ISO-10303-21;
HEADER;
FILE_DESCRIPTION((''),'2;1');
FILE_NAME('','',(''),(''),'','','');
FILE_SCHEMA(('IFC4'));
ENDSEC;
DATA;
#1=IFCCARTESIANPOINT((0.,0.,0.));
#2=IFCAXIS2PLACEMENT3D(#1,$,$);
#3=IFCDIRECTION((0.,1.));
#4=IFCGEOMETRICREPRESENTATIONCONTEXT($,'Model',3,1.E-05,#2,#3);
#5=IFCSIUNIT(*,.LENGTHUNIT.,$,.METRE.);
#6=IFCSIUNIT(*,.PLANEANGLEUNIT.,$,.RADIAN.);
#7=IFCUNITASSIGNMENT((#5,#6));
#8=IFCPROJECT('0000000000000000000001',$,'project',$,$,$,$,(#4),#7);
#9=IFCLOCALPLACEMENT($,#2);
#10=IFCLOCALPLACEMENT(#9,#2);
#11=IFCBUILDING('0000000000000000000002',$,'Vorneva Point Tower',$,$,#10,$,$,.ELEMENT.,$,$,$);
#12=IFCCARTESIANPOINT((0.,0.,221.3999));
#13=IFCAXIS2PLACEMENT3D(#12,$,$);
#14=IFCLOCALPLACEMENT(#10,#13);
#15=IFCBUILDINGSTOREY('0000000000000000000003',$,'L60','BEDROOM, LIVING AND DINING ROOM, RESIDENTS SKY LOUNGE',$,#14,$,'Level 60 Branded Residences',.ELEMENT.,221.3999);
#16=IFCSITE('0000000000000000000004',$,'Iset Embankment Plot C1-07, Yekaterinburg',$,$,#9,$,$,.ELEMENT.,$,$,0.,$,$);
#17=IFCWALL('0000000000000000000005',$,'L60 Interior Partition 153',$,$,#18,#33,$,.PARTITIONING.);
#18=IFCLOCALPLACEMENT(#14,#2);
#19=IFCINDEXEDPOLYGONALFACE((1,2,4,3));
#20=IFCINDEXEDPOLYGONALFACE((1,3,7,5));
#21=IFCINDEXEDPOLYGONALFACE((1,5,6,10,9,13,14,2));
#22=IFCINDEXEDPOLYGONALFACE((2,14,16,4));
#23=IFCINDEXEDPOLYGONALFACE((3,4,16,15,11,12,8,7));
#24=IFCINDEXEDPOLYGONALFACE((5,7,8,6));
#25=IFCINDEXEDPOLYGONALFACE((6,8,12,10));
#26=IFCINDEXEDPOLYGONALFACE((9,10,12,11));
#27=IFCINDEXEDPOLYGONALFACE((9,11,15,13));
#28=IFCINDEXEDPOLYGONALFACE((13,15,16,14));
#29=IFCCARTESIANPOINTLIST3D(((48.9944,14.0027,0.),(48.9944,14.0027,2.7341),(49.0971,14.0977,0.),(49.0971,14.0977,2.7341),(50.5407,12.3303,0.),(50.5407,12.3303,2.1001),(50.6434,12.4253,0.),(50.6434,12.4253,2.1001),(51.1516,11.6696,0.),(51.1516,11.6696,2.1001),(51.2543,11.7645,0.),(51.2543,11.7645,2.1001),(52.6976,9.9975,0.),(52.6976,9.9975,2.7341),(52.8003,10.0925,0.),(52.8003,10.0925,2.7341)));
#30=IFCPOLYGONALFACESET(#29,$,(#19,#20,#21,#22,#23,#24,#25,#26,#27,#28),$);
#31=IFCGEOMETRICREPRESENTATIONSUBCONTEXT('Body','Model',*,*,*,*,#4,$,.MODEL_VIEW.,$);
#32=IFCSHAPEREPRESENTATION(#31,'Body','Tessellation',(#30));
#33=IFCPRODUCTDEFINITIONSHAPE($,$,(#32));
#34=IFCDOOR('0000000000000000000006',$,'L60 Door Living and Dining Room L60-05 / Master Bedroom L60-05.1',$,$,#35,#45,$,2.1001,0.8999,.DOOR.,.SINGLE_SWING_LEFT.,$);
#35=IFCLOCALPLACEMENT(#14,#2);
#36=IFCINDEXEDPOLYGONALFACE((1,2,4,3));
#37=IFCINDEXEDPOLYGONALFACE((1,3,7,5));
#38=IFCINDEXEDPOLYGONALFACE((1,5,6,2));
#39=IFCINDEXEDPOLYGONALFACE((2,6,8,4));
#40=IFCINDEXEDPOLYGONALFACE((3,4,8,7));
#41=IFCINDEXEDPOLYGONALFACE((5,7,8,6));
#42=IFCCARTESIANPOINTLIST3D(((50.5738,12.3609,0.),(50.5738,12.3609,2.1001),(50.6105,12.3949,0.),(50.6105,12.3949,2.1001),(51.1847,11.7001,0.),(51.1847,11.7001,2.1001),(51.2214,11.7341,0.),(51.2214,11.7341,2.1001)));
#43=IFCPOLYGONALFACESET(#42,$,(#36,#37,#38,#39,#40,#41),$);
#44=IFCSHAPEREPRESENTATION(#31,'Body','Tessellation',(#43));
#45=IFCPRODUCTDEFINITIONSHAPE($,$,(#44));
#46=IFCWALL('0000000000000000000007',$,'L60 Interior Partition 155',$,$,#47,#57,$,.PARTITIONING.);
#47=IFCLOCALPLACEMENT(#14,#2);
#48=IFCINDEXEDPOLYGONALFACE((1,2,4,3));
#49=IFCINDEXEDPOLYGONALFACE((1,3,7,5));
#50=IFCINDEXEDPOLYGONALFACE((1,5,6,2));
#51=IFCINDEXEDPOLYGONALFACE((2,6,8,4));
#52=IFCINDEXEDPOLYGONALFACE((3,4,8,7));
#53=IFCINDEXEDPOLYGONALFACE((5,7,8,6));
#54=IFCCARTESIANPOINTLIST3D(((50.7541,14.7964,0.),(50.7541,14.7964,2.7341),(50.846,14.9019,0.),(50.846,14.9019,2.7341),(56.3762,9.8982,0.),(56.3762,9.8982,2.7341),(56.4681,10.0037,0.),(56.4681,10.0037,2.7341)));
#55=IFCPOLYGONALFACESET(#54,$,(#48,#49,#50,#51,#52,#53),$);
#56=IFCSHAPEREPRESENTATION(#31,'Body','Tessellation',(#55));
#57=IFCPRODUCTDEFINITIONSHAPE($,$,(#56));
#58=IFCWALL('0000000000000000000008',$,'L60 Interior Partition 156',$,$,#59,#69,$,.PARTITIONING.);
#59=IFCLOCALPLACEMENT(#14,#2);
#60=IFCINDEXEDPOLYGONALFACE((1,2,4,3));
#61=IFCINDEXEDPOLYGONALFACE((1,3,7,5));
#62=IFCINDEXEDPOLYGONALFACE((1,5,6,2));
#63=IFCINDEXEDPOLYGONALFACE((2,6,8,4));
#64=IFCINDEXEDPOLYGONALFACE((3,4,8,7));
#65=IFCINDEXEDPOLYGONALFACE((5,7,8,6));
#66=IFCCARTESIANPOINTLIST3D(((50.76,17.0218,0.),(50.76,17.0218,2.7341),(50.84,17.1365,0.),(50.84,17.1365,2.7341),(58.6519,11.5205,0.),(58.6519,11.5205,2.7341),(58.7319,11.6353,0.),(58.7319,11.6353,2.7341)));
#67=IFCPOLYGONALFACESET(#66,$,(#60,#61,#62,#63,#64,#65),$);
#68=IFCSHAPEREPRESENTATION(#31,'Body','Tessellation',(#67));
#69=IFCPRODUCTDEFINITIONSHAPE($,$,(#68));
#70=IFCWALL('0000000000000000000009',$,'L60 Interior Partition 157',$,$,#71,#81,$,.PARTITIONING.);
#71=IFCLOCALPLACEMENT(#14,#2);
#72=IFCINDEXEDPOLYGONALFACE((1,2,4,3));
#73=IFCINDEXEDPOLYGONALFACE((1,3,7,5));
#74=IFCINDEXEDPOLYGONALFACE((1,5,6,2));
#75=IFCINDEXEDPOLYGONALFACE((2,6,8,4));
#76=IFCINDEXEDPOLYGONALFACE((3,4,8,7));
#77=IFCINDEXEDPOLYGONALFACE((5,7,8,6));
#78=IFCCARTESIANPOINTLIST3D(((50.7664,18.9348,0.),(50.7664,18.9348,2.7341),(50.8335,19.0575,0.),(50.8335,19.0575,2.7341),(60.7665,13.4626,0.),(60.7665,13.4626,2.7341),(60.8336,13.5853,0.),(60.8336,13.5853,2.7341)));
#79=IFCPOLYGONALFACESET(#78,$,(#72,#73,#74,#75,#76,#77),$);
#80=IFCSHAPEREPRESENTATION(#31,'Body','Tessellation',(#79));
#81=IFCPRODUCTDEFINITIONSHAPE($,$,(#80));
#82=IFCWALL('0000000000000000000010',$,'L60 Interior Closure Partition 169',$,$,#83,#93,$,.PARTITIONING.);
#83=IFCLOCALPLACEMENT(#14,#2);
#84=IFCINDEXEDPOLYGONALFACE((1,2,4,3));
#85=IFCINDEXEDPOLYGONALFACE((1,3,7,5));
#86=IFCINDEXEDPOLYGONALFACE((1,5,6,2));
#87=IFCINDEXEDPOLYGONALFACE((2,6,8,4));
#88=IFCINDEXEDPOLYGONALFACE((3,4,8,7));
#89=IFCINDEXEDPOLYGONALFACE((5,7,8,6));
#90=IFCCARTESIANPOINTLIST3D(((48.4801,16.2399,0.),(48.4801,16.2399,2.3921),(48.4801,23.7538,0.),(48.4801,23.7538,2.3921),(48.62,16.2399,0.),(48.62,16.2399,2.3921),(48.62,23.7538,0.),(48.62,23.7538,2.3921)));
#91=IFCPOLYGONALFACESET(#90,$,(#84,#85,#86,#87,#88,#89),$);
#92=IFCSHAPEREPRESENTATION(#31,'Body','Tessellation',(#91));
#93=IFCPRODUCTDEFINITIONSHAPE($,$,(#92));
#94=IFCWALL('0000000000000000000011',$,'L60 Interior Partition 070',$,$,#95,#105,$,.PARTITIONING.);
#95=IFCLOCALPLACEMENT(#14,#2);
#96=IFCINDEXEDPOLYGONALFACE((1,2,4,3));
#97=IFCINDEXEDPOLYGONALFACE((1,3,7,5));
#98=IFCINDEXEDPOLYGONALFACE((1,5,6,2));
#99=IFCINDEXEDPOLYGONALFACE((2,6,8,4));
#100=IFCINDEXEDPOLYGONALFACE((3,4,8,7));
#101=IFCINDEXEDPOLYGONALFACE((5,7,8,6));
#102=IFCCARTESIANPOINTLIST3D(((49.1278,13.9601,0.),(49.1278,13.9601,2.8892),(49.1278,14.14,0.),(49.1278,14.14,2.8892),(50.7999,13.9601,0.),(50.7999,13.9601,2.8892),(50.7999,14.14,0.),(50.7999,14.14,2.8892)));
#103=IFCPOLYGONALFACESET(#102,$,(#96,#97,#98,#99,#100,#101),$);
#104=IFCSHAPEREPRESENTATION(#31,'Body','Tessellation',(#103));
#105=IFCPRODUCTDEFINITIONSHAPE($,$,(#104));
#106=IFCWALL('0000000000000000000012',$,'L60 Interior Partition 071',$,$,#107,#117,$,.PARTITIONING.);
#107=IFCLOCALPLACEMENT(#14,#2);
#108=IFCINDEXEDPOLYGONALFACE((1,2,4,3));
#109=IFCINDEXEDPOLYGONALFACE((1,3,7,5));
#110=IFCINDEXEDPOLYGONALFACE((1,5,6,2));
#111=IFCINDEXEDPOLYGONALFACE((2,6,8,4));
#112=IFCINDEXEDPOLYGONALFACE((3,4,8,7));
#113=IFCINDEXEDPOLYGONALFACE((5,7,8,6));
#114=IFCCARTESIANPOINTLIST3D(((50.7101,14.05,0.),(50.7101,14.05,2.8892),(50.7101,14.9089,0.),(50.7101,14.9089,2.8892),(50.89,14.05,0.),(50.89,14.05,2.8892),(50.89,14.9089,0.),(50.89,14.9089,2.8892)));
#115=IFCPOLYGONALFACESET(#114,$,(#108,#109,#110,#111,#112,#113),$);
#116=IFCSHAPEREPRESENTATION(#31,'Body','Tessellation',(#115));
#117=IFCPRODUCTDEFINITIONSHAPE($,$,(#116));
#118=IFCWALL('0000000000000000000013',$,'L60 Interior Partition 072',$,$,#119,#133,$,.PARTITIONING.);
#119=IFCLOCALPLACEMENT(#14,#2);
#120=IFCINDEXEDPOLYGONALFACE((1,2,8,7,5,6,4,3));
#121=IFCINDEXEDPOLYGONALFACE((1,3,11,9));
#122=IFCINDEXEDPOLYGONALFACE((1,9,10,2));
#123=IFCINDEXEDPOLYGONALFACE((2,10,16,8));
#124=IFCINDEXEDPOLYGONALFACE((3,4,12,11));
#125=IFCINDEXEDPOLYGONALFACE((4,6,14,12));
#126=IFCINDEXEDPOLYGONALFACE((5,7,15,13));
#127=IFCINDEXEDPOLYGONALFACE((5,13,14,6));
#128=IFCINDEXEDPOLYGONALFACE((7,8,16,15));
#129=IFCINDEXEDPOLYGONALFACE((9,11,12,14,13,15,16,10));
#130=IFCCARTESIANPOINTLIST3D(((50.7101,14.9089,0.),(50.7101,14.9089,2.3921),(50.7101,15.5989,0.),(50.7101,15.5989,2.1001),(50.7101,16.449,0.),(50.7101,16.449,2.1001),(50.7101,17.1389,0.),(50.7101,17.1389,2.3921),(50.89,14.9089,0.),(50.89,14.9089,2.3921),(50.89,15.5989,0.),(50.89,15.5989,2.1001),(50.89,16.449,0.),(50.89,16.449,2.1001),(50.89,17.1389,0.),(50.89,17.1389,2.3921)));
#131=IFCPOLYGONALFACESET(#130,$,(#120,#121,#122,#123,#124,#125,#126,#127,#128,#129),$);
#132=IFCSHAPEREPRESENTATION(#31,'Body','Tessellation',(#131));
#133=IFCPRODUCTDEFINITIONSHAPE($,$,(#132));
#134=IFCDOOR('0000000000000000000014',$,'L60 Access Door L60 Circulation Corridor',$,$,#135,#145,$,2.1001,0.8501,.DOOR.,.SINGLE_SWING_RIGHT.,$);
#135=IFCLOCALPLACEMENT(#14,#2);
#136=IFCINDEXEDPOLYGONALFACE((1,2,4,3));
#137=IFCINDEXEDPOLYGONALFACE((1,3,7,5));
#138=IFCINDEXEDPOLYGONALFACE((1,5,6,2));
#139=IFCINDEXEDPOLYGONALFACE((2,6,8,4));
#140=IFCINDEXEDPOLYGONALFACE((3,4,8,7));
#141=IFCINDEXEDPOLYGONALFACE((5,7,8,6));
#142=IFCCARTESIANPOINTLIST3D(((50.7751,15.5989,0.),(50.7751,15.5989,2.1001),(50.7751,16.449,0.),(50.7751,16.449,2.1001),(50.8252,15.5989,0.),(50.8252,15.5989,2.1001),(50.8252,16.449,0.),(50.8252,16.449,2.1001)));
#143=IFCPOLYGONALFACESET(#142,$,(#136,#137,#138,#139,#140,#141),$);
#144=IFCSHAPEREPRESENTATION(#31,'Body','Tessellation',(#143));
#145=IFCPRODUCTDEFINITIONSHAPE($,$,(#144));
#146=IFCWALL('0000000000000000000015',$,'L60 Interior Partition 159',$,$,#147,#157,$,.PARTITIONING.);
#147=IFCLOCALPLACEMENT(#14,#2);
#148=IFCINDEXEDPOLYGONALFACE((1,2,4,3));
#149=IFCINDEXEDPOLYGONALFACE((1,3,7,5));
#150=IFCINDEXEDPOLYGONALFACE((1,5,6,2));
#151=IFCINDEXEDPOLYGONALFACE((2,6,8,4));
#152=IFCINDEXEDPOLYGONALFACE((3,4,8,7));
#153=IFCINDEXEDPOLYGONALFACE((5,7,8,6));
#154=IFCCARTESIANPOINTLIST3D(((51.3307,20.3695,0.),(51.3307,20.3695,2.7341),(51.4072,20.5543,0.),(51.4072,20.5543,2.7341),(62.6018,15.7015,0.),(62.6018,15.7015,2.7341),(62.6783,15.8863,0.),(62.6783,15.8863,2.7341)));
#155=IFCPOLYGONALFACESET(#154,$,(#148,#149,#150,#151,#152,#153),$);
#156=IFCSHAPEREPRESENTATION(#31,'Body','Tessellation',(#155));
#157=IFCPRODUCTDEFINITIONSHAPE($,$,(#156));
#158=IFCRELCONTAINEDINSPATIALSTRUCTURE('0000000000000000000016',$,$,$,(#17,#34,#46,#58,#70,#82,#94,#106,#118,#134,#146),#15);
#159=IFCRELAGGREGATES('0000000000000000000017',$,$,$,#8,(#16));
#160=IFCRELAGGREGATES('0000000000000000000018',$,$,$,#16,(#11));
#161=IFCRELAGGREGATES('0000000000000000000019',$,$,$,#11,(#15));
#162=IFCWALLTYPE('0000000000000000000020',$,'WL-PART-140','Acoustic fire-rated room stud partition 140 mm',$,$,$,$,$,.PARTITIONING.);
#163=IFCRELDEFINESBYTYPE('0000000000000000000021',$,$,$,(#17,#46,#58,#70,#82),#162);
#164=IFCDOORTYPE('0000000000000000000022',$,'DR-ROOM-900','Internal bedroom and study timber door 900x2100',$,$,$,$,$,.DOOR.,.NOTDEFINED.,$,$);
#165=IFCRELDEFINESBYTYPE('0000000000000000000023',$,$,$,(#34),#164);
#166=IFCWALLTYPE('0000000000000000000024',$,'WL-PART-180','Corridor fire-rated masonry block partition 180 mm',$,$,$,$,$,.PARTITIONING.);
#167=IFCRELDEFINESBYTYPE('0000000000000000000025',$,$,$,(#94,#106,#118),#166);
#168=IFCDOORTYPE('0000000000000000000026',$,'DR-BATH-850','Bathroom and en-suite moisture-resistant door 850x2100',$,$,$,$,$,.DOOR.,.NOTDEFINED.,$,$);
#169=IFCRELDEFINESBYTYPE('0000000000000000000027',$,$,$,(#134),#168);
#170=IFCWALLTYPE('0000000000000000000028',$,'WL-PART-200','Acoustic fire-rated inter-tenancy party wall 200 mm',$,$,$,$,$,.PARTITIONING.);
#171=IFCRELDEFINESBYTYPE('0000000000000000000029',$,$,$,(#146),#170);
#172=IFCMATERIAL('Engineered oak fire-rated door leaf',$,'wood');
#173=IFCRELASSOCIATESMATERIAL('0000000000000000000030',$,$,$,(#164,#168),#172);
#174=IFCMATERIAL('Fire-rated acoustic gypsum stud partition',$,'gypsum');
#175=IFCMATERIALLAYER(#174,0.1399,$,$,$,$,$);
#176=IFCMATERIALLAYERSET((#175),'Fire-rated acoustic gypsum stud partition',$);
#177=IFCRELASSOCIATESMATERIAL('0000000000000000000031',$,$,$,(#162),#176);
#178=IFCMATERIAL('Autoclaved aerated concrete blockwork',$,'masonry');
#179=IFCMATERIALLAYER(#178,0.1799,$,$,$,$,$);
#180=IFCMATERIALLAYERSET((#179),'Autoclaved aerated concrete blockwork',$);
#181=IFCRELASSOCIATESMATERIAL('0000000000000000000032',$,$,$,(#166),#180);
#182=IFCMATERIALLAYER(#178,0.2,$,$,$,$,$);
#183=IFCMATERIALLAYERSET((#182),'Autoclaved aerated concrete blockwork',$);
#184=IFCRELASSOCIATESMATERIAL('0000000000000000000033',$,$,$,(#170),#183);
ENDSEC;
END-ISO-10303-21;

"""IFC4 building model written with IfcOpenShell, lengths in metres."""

from ifc_helpers import new_model, si_unit, direction, frame, frame_2d, origin, place, context, subcontext, project, spatial, rectangle, extrude, material, layer, layer_set, type_object, element, fill, save


model = new_model("IFC4")

# Units and contexts
model_context = context("Model", 3, precision=1e-05, world=origin(), true_north=direction((0.0, 1.0)))
body_context = subcontext(model_context, "Body", "Model", "MODEL_VIEW")
ifc_project = project(units=[si_unit("LENGTHUNIT", "METRE"), si_unit("PLANEANGLEUNIT", "RADIAN")], contexts=[model_context])

# Site, building, storey
site_placement = place(None, origin())
site = spatial("IfcSite", under=ifc_project, at=site_placement, Name="Iset Embankment Plot C1-07, Yekaterinburg", CompositionType="ELEMENT", RefElevation=0.0)
building_placement = place(site_placement, origin())
building = spatial("IfcBuilding", under=site, at=building_placement, Name="Vorneva Point Tower", CompositionType="ELEMENT")
storey_placement = place(building_placement, frame((0.0, 0.0, 221.3999)))
storey = spatial("IfcBuildingStorey", under=building, at=storey_placement, Name="L60", Description="BEDROOM, LIVING AND DINING ROOM, RESIDENTS SKY LOUNGE", LongName="Level 60 Branded Residences", CompositionType="ELEMENT", Elevation=221.3999)

# Shared definitions
ifc_material_1 = material(Name="Fire-rated acoustic gypsum stud partition", Category="gypsum")
ifc_material_2 = material(Name="Engineered oak fire-rated door leaf", Category="wood")
door_type_1 = type_object("IfcDoorType", Name="DR-ROOM-900", Description="Internal bedroom and study timber door 900x2100", OperationType="NOTDEFINED", PredefinedType="DOOR", material=ifc_material_2)

# Wall, opening, door
ifc_layer_1 = layer(ifc_material_1, 0.1399)
ifc_layer_set_1 = layer_set([ifc_layer_1], Name="Fire-rated acoustic gypsum stud partition")
wall_type_1 = type_object("IfcWallType", Name="WL-PART-140", Description="Acoustic fire-rated room stud partition 140 mm", PredefinedType="PARTITIONING", material=ifc_layer_set_1)
wall_1_placement = place(storey_placement, frame((52.749, 10.0449, 0.0), z_axis=(0.0, 0.0, 1.0), x_axis=(-0.678882, 0.734247, 0.0)))
wall_1 = element("IfcWall", 1, at=wall_1_placement, inside=storey, type_object=wall_type_1, Name="L60 Interior Partition 153", PredefinedType="PARTITIONING", context=body_context, shape_type="SweptSolid", body=[
    extrude(rectangle(XDim=5.4548, YDim=0.1399, at=frame_2d((2.7275, 0.0))), origin(), (0.0, 0.0, 1.0), 2.7341),
])
opening_1_placement = place(wall_1_placement, frame((2.2773, 0.0, 0.0)))
opening_1 = element("IfcOpeningElement", 2, at=opening_1_placement, cuts=wall_1, PredefinedType="OPENING", context=body_context, shape_type="SweptSolid", body=[
    extrude(rectangle(XDim=0.8999, YDim=2.1001, at=frame_2d((0.45, 1.05))), frame((0.0, 0.085, 0.0), z_axis=(0.0, -1.0, 0.0), x_axis=(1.0, 0.0, 0.0)), (0.0, 0.0, 1.0), 0.1697),
])
door_1_placement = place(opening_1_placement, origin())
door_1 = element("IfcDoor", 3, at=door_1_placement, inside=storey, type_object=door_type_1, Name="L60 Door Living and Dining Room L60-05 / Master Bedroom L60-05.1", OperationType="SINGLE_SWING_LEFT", OverallHeight=2.1001, OverallWidth=0.8999, PredefinedType="DOOR", context=body_context, shape_type="SweptSolid", body=[
    extrude(rectangle(XDim=0.8999, YDim=2.1001, at=frame_2d((0.45, 1.05))), frame((0.0, 0.0249, 0.0), z_axis=(0.0, -1.0, 0.0), x_axis=(1.0, 0.0, 0.0)), (0.0, 0.0, 1.0), 0.05),
])
fill(opening_1, door_1)

# Walls
wall_2_placement = place(storey_placement, frame((56.4221, 9.9509, 0.0), z_axis=(0.0, 0.0, 1.0), x_axis=(-0.753979, 0.656899, 0.0)))
element("IfcWall", 4, at=wall_2_placement, inside=storey, type_object=wall_type_1, Name="L60 Interior Partition 155", PredefinedType="PARTITIONING", context=body_context, shape_type="SweptSolid", body=[
    extrude(rectangle(XDim=7.4565, YDim=0.1399, at=frame_2d((3.7283, 0.0))), origin(), (0.0, 0.0, 1.0), 2.7341),
])
wall_3_placement = place(storey_placement, frame((58.6919, 11.5779, 0.0), z_axis=(0.0, 0.0, 1.0), x_axis=(-0.820357, 0.571852, 0.0)))
element("IfcWall", 5, at=wall_3_placement, inside=storey, type_object=wall_type_1, Name="L60 Interior Partition 156", PredefinedType="PARTITIONING", context=body_context, shape_type="SweptSolid", body=[
    extrude(rectangle(XDim=9.6201, YDim=0.1399, at=frame_2d((4.8101, 0.0))), origin(), (0.0, 0.0, 1.0), 2.7341),
])
wall_4_placement = place(storey_placement, frame((60.8, 13.5239, 0.0), z_axis=(0.0, 0.0, 1.0), x_axis=(-0.877245, 0.480043, 0.0)))
element("IfcWall", 6, at=wall_4_placement, inside=storey, type_object=wall_type_1, Name="L60 Interior Partition 157", PredefinedType="PARTITIONING", context=body_context, shape_type="SweptSolid", body=[
    extrude(rectangle(XDim=11.3994, YDim=0.1399, at=frame_2d((5.6997, 0.0))), origin(), (0.0, 0.0, 1.0), 2.7341),
])
wall_5_placement = place(storey_placement, frame((48.55, 16.24, 0.0), z_axis=(0.0, 0.0, 1.0), x_axis=(0.0, 1.0, 0.0)))
element("IfcWall", 7, at=wall_5_placement, inside=storey, type_object=wall_type_1, Name="L60 Interior Closure Partition 169", PredefinedType="PARTITIONING", context=body_context, shape_type="SweptSolid", body=[
    extrude(rectangle(XDim=7.5139, YDim=0.1399, at=frame_2d((3.7568, 0.0))), origin(), (0.0, 0.0, 1.0), 2.3921),
])
ifc_material_3 = material(Name="Autoclaved aerated concrete blockwork", Category="masonry")
ifc_layer_2 = layer(ifc_material_3, 0.1799)
ifc_layer_set_2 = layer_set([ifc_layer_2], Name="Autoclaved aerated concrete blockwork")
wall_type_2 = type_object("IfcWallType", Name="WL-PART-180", Description="Corridor fire-rated masonry block partition 180 mm", PredefinedType="PARTITIONING", material=ifc_layer_set_2)
wall_6_placement = place(storey_placement, frame((49.1279, 14.05, 0.0), z_axis=(0.0, 0.0, 1.0), x_axis=(1.0, 0.0, 0.0)))
element("IfcWall", 8, at=wall_6_placement, inside=storey, type_object=wall_type_2, Name="L60 Interior Partition 070", PredefinedType="PARTITIONING", context=body_context, shape_type="SweptSolid", body=[
    extrude(rectangle(XDim=1.6721, YDim=0.1799, at=frame_2d((0.8359, 0.0))), origin(), (0.0, 0.0, 1.0), 2.8892),
])
wall_7_placement = place(storey_placement, frame((50.8, 14.05, 0.0), z_axis=(0.0, 0.0, 1.0), x_axis=(0.0, 1.0, 0.0)))
element("IfcWall", 9, at=wall_7_placement, inside=storey, type_object=wall_type_2, Name="L60 Interior Partition 071", PredefinedType="PARTITIONING", context=body_context, shape_type="SweptSolid", body=[
    extrude(rectangle(XDim=0.8589, YDim=0.1799, at=frame_2d((0.4294, 0.0))), origin(), (0.0, 0.0, 1.0), 2.8892),
])

# Wall, opening, door
wall_8_placement = place(storey_placement, frame((50.8, 14.9089, 0.0), z_axis=(0.0, 0.0, 1.0), x_axis=(0.0, 1.0, 0.0)))
wall_8 = element("IfcWall", 10, at=wall_8_placement, inside=storey, type_object=wall_type_2, Name="L60 Interior Partition 072", PredefinedType="PARTITIONING", context=body_context, shape_type="SweptSolid", body=[
    extrude(rectangle(XDim=2.23, YDim=0.1799, at=frame_2d((1.115, 0.0))), origin(), (0.0, 0.0, 1.0), 2.3921),
])
opening_2_placement = place(wall_8_placement, frame((0.6899, 0.0, 0.0)))
opening_2 = element("IfcOpeningElement", 11, at=opening_2_placement, cuts=wall_8, PredefinedType="OPENING", context=body_context, shape_type="SweptSolid", body=[
    extrude(rectangle(XDim=0.8501, YDim=2.1001, at=frame_2d((0.425, 1.05))), frame((0.0, 0.105, 0.0), z_axis=(0.0, -1.0, 0.0), x_axis=(1.0, 0.0, 0.0)), (0.0, 0.0, 1.0), 0.2097),
])
door_type_2 = type_object("IfcDoorType", Name="DR-BATH-850", Description="Bathroom and en-suite moisture-resistant door 850x2100", OperationType="NOTDEFINED", PredefinedType="DOOR", material=ifc_material_2)
door_2_placement = place(opening_2_placement, origin())
door_2 = element("IfcDoor", 12, at=door_2_placement, inside=storey, type_object=door_type_2, Name="L60 Access Door L60 Circulation Corridor", OperationType="SINGLE_SWING_RIGHT", OverallHeight=2.1001, OverallWidth=0.8501, PredefinedType="DOOR", context=body_context, shape_type="SweptSolid", body=[
    extrude(rectangle(XDim=0.8501, YDim=2.1001, at=frame_2d((0.425, 1.05))), frame((0.0, 0.0249, 0.0), z_axis=(0.0, -1.0, 0.0), x_axis=(1.0, 0.0, 0.0)), (0.0, 0.0, 1.0), 0.05),
])
fill(opening_2, door_2)

# Wall
ifc_layer_3 = layer(ifc_material_3, 0.2)
ifc_layer_set_3 = layer_set([ifc_layer_3], Name="Autoclaved aerated concrete blockwork")
wall_type_3 = type_object("IfcWallType", Name="WL-PART-200", Description="Acoustic fire-rated inter-tenancy party wall 200 mm", PredefinedType="PARTITIONING", material=ifc_layer_set_3)
wall_9_placement = place(storey_placement, frame((62.6399, 15.7939, 0.0), z_axis=(0.0, 0.0, 1.0), x_axis=(-0.923898, 0.382639, 0.0)))
element("IfcWall", 13, at=wall_9_placement, inside=storey, type_object=wall_type_3, Name="L60 Interior Partition 159", PredefinedType="PARTITIONING", context=body_context, shape_type="SweptSolid", body=[
    extrude(rectangle(XDim=12.1995, YDim=0.2, at=frame_2d((6.0996, 0.0))), origin(), (0.0, 0.0, 1.0), 2.7341),
])

save(model, "model.ifc")
